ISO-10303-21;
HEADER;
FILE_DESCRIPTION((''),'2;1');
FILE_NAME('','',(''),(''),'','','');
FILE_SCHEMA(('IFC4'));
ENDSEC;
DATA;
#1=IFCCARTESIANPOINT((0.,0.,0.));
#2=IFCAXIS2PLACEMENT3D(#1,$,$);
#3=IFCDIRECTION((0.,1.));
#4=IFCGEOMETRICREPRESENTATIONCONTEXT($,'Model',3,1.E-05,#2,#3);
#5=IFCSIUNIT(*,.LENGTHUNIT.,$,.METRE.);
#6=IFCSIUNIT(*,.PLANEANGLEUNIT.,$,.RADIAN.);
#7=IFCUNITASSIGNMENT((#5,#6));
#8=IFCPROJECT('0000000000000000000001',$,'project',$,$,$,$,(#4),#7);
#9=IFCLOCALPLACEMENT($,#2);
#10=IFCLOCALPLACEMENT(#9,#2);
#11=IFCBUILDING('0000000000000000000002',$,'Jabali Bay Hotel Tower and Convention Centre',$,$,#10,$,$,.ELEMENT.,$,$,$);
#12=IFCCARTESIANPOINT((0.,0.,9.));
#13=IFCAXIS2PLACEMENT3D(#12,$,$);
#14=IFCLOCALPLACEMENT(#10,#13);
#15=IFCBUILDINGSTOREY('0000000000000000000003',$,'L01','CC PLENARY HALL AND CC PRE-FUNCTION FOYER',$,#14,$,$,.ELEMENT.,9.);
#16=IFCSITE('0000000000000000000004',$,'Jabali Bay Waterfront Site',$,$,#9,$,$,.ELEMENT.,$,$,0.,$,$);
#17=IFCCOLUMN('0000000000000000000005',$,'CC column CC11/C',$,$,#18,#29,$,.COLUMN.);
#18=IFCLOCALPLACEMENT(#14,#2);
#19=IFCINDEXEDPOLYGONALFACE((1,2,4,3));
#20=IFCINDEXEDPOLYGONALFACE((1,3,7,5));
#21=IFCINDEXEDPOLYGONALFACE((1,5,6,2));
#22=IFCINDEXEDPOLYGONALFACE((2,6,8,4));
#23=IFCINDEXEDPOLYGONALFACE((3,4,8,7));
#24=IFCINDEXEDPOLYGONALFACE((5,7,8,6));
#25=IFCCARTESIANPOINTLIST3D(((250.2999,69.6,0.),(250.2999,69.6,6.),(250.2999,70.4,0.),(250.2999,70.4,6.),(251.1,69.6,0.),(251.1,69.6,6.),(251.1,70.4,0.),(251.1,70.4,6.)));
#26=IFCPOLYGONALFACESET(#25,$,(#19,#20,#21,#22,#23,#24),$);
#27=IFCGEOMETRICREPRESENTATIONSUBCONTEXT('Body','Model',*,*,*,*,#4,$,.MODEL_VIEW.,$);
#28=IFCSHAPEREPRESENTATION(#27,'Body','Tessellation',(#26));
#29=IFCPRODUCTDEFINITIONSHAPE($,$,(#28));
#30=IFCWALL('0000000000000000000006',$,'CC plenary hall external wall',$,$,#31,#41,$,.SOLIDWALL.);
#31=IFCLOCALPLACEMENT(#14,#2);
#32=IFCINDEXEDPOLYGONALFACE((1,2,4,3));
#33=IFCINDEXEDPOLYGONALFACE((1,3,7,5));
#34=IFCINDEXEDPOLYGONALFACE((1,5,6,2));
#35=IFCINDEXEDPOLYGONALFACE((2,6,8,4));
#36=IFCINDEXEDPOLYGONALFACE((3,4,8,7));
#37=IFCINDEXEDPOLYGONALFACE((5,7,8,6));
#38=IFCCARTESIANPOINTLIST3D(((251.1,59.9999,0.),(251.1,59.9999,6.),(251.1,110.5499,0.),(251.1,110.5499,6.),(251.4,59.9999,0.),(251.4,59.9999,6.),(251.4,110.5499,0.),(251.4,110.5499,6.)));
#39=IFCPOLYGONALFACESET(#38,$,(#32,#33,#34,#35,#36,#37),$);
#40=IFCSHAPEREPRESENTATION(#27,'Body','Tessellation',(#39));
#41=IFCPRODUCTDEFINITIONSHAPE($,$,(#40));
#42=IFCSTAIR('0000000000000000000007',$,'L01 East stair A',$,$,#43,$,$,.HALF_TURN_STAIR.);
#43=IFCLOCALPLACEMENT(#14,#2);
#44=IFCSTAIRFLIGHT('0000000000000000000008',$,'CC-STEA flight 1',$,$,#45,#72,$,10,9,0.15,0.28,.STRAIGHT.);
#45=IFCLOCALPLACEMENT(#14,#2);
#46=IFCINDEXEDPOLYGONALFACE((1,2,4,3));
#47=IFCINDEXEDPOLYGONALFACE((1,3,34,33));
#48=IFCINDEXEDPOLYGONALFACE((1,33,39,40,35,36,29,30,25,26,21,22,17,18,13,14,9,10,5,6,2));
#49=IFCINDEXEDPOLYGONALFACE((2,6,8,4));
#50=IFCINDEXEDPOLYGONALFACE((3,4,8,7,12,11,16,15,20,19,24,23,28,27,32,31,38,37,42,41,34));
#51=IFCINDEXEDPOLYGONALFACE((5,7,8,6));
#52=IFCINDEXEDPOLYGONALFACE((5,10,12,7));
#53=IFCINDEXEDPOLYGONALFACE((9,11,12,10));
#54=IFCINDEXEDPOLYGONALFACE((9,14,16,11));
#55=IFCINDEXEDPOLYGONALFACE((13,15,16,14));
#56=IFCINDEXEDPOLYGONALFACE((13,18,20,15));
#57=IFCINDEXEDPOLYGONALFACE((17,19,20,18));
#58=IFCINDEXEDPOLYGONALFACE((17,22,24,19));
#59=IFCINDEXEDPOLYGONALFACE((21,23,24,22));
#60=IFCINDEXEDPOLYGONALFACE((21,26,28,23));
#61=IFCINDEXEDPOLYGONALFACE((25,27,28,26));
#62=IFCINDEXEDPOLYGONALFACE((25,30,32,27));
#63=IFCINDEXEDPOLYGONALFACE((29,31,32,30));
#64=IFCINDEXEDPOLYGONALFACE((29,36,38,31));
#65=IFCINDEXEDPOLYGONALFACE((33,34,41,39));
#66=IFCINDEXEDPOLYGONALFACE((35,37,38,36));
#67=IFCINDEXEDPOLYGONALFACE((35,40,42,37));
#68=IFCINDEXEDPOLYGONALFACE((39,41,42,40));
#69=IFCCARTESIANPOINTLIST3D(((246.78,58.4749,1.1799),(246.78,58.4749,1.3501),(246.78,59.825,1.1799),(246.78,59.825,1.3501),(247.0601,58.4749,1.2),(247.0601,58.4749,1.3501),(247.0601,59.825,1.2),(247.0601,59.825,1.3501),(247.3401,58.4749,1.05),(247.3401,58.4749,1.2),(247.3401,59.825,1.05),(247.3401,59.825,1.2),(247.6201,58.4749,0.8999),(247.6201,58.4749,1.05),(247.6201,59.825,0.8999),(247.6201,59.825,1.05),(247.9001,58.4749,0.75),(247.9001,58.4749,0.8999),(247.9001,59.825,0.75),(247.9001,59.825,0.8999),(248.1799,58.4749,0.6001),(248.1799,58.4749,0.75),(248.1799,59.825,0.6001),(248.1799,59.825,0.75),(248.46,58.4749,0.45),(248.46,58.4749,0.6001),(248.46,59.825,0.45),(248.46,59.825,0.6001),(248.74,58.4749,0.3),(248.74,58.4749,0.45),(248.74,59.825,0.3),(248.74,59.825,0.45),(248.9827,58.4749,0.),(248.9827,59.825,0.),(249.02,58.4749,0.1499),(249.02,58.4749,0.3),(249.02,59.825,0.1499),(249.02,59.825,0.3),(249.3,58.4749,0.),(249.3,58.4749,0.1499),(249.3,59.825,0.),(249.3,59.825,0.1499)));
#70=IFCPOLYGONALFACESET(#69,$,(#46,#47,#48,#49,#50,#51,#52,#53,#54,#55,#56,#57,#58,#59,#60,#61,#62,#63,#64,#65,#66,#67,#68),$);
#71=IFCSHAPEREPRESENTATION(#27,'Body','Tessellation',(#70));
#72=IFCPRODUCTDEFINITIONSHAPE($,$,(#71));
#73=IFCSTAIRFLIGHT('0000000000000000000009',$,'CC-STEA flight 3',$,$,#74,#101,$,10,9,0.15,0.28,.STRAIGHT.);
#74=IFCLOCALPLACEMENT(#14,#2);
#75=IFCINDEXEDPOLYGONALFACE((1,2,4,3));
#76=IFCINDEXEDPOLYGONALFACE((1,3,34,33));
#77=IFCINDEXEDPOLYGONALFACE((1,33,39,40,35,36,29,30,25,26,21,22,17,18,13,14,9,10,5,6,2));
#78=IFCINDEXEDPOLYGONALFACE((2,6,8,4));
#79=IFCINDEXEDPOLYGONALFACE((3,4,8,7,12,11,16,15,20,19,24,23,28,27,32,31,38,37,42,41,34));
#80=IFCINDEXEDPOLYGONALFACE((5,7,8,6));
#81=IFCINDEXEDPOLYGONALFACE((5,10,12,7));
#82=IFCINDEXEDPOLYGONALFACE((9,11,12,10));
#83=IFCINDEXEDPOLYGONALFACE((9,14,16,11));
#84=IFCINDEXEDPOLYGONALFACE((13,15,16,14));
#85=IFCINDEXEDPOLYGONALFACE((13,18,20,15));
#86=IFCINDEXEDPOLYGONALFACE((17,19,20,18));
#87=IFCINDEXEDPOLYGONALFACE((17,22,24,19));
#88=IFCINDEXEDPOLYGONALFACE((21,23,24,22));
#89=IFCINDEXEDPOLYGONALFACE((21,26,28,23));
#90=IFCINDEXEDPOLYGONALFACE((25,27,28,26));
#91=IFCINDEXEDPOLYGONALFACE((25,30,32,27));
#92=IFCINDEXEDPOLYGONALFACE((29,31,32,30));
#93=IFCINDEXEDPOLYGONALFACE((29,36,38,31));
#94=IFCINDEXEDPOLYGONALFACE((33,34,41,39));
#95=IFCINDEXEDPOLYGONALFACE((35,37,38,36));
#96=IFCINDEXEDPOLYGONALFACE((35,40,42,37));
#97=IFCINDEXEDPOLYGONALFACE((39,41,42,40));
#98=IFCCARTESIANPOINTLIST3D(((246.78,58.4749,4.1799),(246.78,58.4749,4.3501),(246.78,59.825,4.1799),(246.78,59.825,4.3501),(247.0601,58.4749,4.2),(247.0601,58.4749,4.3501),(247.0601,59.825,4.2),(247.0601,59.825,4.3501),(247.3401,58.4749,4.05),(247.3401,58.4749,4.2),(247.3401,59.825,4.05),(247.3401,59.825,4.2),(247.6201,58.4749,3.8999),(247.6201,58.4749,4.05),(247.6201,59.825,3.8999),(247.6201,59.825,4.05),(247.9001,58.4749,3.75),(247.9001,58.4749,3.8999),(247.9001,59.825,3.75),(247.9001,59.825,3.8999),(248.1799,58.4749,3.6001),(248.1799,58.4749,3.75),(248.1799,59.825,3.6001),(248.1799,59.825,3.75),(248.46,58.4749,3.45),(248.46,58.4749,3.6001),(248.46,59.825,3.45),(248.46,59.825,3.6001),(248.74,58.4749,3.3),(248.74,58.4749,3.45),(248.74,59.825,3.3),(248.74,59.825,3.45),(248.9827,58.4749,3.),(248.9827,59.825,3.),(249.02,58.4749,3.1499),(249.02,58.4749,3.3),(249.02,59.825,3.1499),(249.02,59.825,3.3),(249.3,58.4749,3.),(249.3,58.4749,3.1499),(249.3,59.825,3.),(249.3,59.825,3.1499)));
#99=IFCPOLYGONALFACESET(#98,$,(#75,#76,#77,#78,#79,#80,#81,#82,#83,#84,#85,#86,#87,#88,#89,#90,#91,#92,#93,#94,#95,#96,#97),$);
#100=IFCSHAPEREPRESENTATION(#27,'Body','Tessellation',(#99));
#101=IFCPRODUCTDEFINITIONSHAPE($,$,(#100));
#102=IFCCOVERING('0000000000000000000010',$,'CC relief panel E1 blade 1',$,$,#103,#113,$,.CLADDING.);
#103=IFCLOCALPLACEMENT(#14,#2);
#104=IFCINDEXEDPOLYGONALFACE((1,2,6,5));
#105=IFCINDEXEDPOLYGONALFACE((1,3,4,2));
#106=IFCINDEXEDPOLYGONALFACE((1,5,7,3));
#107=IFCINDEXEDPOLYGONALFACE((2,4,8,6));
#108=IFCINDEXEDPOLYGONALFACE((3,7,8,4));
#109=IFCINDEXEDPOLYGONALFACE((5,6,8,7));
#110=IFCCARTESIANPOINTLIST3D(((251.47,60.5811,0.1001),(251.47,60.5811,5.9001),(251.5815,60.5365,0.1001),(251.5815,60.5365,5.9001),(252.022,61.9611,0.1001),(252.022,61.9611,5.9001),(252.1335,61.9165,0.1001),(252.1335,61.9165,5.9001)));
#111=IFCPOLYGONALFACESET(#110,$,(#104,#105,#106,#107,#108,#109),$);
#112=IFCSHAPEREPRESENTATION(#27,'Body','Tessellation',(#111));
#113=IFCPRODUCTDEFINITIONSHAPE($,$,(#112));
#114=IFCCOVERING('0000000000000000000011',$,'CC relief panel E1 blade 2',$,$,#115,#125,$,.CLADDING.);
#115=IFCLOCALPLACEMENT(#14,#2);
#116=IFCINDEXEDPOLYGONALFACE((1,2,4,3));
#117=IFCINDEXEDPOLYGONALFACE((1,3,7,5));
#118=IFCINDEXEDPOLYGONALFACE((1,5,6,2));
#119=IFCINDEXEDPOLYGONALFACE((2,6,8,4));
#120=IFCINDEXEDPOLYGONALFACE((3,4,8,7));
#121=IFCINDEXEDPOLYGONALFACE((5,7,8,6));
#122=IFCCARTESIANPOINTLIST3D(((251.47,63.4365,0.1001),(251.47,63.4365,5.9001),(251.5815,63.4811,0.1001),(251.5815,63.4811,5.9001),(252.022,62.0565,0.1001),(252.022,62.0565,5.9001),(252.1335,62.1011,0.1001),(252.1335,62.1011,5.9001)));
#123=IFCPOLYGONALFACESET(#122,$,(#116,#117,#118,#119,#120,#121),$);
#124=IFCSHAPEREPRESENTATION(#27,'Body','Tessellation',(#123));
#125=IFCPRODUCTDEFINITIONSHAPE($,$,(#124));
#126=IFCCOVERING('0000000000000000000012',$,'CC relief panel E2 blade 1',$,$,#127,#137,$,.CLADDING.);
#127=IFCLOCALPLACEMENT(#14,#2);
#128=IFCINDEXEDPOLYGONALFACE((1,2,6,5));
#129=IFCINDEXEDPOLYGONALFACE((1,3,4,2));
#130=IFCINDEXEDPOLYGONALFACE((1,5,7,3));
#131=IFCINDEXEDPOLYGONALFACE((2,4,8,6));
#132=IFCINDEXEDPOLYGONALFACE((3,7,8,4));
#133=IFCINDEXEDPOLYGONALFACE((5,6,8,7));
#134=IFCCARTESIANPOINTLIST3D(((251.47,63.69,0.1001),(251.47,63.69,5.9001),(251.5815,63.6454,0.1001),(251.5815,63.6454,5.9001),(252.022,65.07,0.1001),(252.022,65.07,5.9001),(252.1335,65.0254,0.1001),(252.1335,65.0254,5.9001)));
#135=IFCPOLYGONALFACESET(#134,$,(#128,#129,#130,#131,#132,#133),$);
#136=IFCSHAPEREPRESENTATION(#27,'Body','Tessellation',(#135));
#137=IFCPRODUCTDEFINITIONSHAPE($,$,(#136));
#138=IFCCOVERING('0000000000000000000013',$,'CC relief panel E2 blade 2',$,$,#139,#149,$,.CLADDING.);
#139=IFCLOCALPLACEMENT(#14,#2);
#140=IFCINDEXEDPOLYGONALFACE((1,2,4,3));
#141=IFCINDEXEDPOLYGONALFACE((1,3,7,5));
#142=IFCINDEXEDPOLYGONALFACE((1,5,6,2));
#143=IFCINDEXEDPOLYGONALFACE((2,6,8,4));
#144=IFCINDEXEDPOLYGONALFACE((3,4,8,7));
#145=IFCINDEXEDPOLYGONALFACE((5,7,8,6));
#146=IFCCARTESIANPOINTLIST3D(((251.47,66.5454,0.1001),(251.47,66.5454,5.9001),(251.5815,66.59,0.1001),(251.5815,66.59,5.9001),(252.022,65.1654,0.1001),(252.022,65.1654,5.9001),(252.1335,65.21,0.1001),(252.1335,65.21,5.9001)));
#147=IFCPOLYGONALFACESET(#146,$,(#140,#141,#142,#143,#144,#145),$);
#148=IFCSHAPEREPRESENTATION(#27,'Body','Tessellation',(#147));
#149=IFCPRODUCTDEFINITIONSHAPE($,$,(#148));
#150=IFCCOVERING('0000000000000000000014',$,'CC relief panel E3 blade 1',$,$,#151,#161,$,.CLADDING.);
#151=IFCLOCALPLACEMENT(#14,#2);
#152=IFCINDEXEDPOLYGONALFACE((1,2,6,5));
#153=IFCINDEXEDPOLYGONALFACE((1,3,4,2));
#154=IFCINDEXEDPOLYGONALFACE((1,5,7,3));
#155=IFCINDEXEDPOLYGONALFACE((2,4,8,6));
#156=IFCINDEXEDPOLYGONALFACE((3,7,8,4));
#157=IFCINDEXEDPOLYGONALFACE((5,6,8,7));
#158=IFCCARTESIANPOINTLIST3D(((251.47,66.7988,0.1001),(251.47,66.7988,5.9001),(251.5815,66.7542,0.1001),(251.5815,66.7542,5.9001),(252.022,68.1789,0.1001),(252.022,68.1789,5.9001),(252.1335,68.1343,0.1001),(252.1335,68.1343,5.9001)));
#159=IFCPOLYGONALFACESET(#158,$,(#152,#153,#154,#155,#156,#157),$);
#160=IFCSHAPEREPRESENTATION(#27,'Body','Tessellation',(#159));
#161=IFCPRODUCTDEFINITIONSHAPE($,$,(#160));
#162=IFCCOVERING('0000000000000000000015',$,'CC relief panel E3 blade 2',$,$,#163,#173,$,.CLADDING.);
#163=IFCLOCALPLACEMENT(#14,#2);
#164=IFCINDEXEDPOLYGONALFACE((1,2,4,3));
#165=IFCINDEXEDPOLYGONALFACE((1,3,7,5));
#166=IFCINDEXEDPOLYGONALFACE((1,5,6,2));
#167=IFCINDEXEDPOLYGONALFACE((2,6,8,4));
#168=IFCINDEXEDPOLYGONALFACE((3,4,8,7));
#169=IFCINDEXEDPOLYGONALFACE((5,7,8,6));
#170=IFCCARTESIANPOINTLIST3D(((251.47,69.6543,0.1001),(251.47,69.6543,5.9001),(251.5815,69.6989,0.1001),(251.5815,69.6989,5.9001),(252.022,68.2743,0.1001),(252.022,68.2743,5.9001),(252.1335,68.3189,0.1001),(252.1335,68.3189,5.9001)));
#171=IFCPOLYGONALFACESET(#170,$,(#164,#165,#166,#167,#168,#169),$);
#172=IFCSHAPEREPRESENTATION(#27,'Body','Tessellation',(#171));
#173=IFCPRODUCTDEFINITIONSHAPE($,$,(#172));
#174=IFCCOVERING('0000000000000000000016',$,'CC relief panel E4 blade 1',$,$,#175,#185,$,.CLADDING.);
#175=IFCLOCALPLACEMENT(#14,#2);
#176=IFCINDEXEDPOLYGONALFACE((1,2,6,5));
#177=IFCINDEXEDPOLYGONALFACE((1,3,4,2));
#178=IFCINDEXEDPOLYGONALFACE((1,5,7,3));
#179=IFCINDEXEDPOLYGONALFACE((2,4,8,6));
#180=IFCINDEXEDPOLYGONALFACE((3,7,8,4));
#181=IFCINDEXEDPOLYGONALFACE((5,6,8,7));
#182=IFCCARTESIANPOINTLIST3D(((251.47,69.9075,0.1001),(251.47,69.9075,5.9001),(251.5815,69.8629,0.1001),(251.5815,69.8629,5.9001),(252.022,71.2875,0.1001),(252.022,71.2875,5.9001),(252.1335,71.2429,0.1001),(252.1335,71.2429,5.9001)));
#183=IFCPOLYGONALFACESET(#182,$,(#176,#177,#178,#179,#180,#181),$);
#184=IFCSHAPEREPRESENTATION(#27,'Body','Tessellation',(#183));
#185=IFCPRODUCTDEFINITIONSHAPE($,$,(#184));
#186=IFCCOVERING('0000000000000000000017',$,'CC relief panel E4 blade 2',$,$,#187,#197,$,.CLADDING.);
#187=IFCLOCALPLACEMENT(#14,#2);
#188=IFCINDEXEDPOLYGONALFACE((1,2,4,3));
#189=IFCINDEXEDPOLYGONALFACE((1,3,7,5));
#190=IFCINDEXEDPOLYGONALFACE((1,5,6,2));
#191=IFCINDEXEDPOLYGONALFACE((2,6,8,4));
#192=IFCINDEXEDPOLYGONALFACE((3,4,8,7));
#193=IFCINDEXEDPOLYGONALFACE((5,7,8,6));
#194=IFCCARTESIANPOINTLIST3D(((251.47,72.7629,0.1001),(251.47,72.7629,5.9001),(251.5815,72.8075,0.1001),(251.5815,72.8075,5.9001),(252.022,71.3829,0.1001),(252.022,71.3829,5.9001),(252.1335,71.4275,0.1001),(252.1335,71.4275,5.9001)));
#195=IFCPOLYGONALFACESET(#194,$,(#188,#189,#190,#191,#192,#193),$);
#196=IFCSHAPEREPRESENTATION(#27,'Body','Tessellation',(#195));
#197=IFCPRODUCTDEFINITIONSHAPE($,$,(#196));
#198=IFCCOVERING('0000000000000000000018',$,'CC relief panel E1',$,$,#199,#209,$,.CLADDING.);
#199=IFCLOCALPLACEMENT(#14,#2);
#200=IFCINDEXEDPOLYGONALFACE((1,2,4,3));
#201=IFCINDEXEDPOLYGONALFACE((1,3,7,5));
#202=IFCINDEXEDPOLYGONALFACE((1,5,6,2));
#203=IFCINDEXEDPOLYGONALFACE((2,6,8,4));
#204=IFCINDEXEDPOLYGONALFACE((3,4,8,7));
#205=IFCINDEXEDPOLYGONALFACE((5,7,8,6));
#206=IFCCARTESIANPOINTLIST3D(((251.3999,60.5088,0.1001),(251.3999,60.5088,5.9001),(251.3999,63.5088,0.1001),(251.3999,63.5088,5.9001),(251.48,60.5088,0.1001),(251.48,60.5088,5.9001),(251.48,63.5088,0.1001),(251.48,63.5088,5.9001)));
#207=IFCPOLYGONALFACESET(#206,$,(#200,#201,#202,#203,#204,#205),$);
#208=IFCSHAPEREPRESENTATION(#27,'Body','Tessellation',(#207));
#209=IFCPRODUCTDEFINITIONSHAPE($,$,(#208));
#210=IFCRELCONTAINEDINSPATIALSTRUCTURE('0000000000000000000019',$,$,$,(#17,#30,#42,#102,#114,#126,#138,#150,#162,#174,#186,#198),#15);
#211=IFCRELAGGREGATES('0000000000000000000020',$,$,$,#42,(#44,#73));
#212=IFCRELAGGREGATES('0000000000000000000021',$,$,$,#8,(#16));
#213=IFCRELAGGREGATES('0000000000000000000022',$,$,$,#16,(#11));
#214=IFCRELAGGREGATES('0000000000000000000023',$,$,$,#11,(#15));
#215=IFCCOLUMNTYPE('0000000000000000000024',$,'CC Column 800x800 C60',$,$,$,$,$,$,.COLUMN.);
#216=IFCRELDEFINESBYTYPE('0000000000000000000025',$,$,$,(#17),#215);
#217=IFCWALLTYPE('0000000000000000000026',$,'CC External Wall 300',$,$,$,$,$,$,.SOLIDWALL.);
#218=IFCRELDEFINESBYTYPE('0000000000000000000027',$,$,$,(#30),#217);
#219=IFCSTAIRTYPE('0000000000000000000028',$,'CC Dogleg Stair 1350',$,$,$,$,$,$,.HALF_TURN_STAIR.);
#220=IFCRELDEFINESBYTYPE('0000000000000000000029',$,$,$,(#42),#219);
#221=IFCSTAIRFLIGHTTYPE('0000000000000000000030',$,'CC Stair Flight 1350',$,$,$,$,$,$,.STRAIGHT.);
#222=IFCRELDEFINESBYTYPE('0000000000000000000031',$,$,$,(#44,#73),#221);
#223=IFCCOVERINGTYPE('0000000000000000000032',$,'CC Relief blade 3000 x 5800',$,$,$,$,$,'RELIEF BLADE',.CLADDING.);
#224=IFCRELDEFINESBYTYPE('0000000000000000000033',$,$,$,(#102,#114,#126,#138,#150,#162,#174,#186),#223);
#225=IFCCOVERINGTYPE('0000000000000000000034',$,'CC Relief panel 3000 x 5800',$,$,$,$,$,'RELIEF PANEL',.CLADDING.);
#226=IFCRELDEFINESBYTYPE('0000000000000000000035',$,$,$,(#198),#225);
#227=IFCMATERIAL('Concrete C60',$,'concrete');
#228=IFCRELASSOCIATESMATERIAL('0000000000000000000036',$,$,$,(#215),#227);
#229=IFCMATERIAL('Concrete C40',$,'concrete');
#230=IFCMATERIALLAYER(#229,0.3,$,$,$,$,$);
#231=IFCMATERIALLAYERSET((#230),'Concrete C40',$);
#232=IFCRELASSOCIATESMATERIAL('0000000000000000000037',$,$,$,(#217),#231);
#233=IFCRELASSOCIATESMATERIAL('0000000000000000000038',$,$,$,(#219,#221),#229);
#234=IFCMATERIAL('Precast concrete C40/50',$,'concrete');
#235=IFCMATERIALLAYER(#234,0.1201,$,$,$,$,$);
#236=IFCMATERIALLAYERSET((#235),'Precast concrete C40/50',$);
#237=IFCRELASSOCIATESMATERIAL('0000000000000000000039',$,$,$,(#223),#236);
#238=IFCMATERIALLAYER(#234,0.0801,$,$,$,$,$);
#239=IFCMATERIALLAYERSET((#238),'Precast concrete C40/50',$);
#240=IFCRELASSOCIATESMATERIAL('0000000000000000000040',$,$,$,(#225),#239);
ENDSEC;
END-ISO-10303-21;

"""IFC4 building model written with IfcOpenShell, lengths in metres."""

from ifc_helpers import new_model, si_unit, direction, frame, frame_2d, origin, origin_2d, place, context, subcontext, project, spatial, polyline, rectangle, outline, extrude, material, layer, layer_set, material_profile, profile_set, type_object, element, aggregate, save


model = new_model("IFC4")

# Units and contexts
model_context = context("Model", 3, precision=1e-05, world=origin(), true_north=direction((0.0, 1.0)))
body_context = subcontext(model_context, "Body", "Model", "MODEL_VIEW")
ifc_project = project(units=[si_unit("LENGTHUNIT", "METRE"), si_unit("PLANEANGLEUNIT", "RADIAN")], contexts=[model_context])

# Site, building, storey
site_placement = place(None, origin())
site = spatial("IfcSite", under=ifc_project, at=site_placement, Name="Jabali Bay Waterfront Site", CompositionType="ELEMENT", RefElevation=0.0)
building_placement = place(site_placement, origin())
building = spatial("IfcBuilding", under=site, at=building_placement, Name="Jabali Bay Hotel Tower and Convention Centre", CompositionType="ELEMENT")
storey_placement = place(building_placement, frame((0.0, 0.0, 9.0)))
storey = spatial("IfcBuildingStorey", under=building, at=storey_placement, Name="L01", Description="CC PLENARY HALL AND CC PRE-FUNCTION FOYER", CompositionType="ELEMENT", Elevation=9.0)

# Column
ifc_material_1 = material(Name="Concrete C60", Category="concrete")
ifc_material_profile = material_profile(ifc_material_1, rectangle(XDim=0.8, YDim=0.8, at=origin_2d()), Name="RC 800x800")
ifc_profile_set = profile_set([ifc_material_profile], Name="Concrete C60")
column_type = type_object("IfcColumnType", Name="CC Column 800x800 C60", PredefinedType="COLUMN", material=ifc_profile_set)
column_placement = place(storey_placement, frame((250.7, 70.0, 0.0), z_axis=(0.0, 0.0, 1.0), x_axis=(1.0, 0.0, 0.0)))
element("IfcColumn", 1, at=column_placement, inside=storey, type_object=column_type, Name="CC column CC11/C", PredefinedType="COLUMN", context=body_context, shape_type="SweptSolid", body=[
    extrude(rectangle(XDim=0.8, YDim=0.8, at=origin_2d()), origin(), (0.0, 0.0, 1.0), 6.0),
])

# Wall
ifc_material_2 = material(Name="Concrete C40", Category="concrete")
ifc_layer_1 = layer(ifc_material_2, 0.3)
ifc_layer_set_1 = layer_set([ifc_layer_1], Name="Concrete C40")
wall_type = type_object("IfcWallType", Name="CC External Wall 300", PredefinedType="SOLIDWALL", material=ifc_layer_set_1)
wall_placement = place(storey_placement, frame((251.25, 60.0, 0.0), z_axis=(0.0, 0.0, 1.0), x_axis=(0.0, 1.0, 0.0)))
element("IfcWall", 2, at=wall_placement, inside=storey, type_object=wall_type, Name="CC plenary hall external wall", PredefinedType="SOLIDWALL", context=body_context, shape_type="SweptSolid", body=[
    extrude(rectangle(XDim=50.55, YDim=0.3, at=frame_2d((25.2749, 0.0))), origin(), (0.0, 0.0, 1.0), 6.0),
])

# Stair, stair flights
stair_type = type_object("IfcStairType", Name="CC Dogleg Stair 1350", PredefinedType="HALF_TURN_STAIR", material=ifc_material_2)
stair_placement = place(storey_placement, origin())
stair = element("IfcStair", 3, at=stair_placement, inside=storey, type_object=stair_type, Name="L01 East stair A", PredefinedType="HALF_TURN_STAIR")
stair_flight_type = type_object("IfcStairFlightType", Name="CC Stair Flight 1350", PredefinedType="STRAIGHT", material=ifc_material_2)
stair_flight_1_placement = place(storey_placement, frame((249.3, 59.1499, 0.0), z_axis=(0.0, 0.0, 1.0), x_axis=(-1.0, 0.0, 0.0)))
stair_flight_1 = element("IfcStairFlight", 4, at=stair_flight_1_placement, type_object=stair_flight_type, Name="CC-STEA flight 1", NumberOfRisers=10, NumberOfTreads=9, PredefinedType="STRAIGHT", RiserHeight=0.15, TreadLength=0.28, context=body_context, shape_type="SweptSolid", body=[
    extrude(outline(polyline([(0.0, 0.0), (0.0, 0.1499), (0.28, 0.1499), (0.28, 0.3), (0.5601, 0.3), (0.5601, 0.45), (0.8401, 0.45), (0.8401, 0.6001), (1.1201, 0.6001), (1.1201, 0.75), (1.3999, 0.75), (1.3999, 0.8999), (1.6799, 0.8999), (1.6799, 1.05), (1.96, 1.05), (1.96, 1.2), (2.24, 1.2), (2.24, 1.3501), (2.52, 1.3501), (2.52, 1.5), (2.52, 1.1799), (0.3174, 0.0), (0.0, 0.0)])), frame((0.0, 0.675, 0.0), z_axis=(0.0, -1.0, 0.0), x_axis=(1.0, 0.0, 0.0)), (0.0, 0.0, 1.0), 1.3501),
])
stair_flight_2_placement = place(storey_placement, frame((249.3, 59.1499, 3.0), z_axis=(0.0, 0.0, 1.0), x_axis=(-1.0, 0.0, 0.0)))
stair_flight_2 = element("IfcStairFlight", 5, at=stair_flight_2_placement, type_object=stair_flight_type, Name="CC-STEA flight 3", NumberOfRisers=10, NumberOfTreads=9, PredefinedType="STRAIGHT", RiserHeight=0.15, TreadLength=0.28, context=body_context, shape_type="SweptSolid", body=[
    extrude(outline(polyline([(0.0, 0.0), (0.0, 0.1499), (0.28, 0.1499), (0.28, 0.3), (0.5601, 0.3), (0.5601, 0.45), (0.8401, 0.45), (0.8401, 0.6001), (1.1201, 0.6001), (1.1201, 0.75), (1.3999, 0.75), (1.3999, 0.8999), (1.6799, 0.8999), (1.6799, 1.05), (1.96, 1.05), (1.96, 1.2), (2.24, 1.2), (2.24, 1.3501), (2.52, 1.3501), (2.52, 1.5), (2.52, 1.1799), (0.3174, 0.0), (0.0, 0.0)])), frame((0.0, 0.675, 0.0), z_axis=(0.0, -1.0, 0.0), x_axis=(1.0, 0.0, 0.0)), (0.0, 0.0, 1.0), 1.3501),
])
aggregate(stair, [stair_flight_1, stair_flight_2])

# Coverings
ifc_material_3 = material(Name="Precast concrete C40/50", Category="concrete")
ifc_layer_2 = layer(ifc_material_3, 0.1201)
ifc_layer_set_2 = layer_set([ifc_layer_2], Name="Precast concrete C40/50")
covering_type_1 = type_object("IfcCoveringType", Name="CC Relief blade 3000 x 5800", ElementType="RELIEF BLADE", PredefinedType="CLADDING", material=ifc_layer_set_2)
for number, where, z_axis, x_axis, name in (
    (6, (251.8018, 61.2488, 0.1001), (0.0, 0.0, 1.0), (0.371391, 0.928477, 0.0), "CC relief panel E1 blade 1"),
    (7, (251.8018, 62.7688, 0.1001), (0.0, 0.0, 1.0), (0.371391, -0.928477, 0.0), "CC relief panel E1 blade 2"),
    (8, (251.8018, 64.3577, 0.1001), (0.0, 0.0, 1.0), (0.371391, 0.928477, 0.0), "CC relief panel E2 blade 1"),
    (9, (251.8018, 65.8777, 0.1001), (0.0, 0.0, 1.0), (0.371391, -0.928477, 0.0), "CC relief panel E2 blade 2"),
    (10, (251.8018, 67.4666, 0.1001), (0.0, 0.0, 1.0), (0.371391, 0.928477, 0.0), "CC relief panel E3 blade 1"),
    (11, (251.8018, 68.9866, 0.1001), (0.0, 0.0, 1.0), (0.371391, -0.928477, 0.0), "CC relief panel E3 blade 2"),
    (12, (251.8018, 70.5752, 0.1001), (0.0, 0.0, 1.0), (0.371391, 0.928477, 0.0), "CC relief panel E4 blade 1"),
    (13, (251.8018, 72.0952, 0.1001), (0.0, 0.0, 1.0), (0.371391, -0.928477, 0.0), "CC relief panel E4 blade 2"),
):
    element("IfcCovering", number, at=place(storey_placement, frame(where, z_axis=z_axis, x_axis=x_axis)), inside=storey, type_object=covering_type_1, Name=name, PredefinedType="CLADDING", context=body_context, shape_type="SweptSolid", body=[
        extrude(rectangle(XDim=1.4863, YDim=0.1201, at=origin_2d()), origin(), (0.0, 0.0, 1.0), 5.8),
    ])
ifc_layer_3 = layer(ifc_material_3, 0.0801)
ifc_layer_set_3 = layer_set([ifc_layer_3], Name="Precast concrete C40/50")
covering_type_2 = type_object("IfcCoveringType", Name="CC Relief panel 3000 x 5800", ElementType="RELIEF PANEL", PredefinedType="CLADDING", material=ifc_layer_set_3)
for number, where, z_axis, x_axis, name in (
    (14, (251.4399, 62.0088, 0.1001), (0.0, 0.0, 1.0), (1.0, 0.0, 0.0), "CC relief panel E1"),
):
    element("IfcCovering", number, at=place(storey_placement, frame(where, z_axis=z_axis, x_axis=x_axis)), inside=storey, type_object=covering_type_2, Name=name, PredefinedType="CLADDING", context=body_context, shape_type="SweptSolid", body=[
        extrude(rectangle(XDim=0.0801, YDim=3.0, at=origin_2d()), origin(), (0.0, 0.0, 1.0), 5.8),
    ])

save(model, "model.ifc")
